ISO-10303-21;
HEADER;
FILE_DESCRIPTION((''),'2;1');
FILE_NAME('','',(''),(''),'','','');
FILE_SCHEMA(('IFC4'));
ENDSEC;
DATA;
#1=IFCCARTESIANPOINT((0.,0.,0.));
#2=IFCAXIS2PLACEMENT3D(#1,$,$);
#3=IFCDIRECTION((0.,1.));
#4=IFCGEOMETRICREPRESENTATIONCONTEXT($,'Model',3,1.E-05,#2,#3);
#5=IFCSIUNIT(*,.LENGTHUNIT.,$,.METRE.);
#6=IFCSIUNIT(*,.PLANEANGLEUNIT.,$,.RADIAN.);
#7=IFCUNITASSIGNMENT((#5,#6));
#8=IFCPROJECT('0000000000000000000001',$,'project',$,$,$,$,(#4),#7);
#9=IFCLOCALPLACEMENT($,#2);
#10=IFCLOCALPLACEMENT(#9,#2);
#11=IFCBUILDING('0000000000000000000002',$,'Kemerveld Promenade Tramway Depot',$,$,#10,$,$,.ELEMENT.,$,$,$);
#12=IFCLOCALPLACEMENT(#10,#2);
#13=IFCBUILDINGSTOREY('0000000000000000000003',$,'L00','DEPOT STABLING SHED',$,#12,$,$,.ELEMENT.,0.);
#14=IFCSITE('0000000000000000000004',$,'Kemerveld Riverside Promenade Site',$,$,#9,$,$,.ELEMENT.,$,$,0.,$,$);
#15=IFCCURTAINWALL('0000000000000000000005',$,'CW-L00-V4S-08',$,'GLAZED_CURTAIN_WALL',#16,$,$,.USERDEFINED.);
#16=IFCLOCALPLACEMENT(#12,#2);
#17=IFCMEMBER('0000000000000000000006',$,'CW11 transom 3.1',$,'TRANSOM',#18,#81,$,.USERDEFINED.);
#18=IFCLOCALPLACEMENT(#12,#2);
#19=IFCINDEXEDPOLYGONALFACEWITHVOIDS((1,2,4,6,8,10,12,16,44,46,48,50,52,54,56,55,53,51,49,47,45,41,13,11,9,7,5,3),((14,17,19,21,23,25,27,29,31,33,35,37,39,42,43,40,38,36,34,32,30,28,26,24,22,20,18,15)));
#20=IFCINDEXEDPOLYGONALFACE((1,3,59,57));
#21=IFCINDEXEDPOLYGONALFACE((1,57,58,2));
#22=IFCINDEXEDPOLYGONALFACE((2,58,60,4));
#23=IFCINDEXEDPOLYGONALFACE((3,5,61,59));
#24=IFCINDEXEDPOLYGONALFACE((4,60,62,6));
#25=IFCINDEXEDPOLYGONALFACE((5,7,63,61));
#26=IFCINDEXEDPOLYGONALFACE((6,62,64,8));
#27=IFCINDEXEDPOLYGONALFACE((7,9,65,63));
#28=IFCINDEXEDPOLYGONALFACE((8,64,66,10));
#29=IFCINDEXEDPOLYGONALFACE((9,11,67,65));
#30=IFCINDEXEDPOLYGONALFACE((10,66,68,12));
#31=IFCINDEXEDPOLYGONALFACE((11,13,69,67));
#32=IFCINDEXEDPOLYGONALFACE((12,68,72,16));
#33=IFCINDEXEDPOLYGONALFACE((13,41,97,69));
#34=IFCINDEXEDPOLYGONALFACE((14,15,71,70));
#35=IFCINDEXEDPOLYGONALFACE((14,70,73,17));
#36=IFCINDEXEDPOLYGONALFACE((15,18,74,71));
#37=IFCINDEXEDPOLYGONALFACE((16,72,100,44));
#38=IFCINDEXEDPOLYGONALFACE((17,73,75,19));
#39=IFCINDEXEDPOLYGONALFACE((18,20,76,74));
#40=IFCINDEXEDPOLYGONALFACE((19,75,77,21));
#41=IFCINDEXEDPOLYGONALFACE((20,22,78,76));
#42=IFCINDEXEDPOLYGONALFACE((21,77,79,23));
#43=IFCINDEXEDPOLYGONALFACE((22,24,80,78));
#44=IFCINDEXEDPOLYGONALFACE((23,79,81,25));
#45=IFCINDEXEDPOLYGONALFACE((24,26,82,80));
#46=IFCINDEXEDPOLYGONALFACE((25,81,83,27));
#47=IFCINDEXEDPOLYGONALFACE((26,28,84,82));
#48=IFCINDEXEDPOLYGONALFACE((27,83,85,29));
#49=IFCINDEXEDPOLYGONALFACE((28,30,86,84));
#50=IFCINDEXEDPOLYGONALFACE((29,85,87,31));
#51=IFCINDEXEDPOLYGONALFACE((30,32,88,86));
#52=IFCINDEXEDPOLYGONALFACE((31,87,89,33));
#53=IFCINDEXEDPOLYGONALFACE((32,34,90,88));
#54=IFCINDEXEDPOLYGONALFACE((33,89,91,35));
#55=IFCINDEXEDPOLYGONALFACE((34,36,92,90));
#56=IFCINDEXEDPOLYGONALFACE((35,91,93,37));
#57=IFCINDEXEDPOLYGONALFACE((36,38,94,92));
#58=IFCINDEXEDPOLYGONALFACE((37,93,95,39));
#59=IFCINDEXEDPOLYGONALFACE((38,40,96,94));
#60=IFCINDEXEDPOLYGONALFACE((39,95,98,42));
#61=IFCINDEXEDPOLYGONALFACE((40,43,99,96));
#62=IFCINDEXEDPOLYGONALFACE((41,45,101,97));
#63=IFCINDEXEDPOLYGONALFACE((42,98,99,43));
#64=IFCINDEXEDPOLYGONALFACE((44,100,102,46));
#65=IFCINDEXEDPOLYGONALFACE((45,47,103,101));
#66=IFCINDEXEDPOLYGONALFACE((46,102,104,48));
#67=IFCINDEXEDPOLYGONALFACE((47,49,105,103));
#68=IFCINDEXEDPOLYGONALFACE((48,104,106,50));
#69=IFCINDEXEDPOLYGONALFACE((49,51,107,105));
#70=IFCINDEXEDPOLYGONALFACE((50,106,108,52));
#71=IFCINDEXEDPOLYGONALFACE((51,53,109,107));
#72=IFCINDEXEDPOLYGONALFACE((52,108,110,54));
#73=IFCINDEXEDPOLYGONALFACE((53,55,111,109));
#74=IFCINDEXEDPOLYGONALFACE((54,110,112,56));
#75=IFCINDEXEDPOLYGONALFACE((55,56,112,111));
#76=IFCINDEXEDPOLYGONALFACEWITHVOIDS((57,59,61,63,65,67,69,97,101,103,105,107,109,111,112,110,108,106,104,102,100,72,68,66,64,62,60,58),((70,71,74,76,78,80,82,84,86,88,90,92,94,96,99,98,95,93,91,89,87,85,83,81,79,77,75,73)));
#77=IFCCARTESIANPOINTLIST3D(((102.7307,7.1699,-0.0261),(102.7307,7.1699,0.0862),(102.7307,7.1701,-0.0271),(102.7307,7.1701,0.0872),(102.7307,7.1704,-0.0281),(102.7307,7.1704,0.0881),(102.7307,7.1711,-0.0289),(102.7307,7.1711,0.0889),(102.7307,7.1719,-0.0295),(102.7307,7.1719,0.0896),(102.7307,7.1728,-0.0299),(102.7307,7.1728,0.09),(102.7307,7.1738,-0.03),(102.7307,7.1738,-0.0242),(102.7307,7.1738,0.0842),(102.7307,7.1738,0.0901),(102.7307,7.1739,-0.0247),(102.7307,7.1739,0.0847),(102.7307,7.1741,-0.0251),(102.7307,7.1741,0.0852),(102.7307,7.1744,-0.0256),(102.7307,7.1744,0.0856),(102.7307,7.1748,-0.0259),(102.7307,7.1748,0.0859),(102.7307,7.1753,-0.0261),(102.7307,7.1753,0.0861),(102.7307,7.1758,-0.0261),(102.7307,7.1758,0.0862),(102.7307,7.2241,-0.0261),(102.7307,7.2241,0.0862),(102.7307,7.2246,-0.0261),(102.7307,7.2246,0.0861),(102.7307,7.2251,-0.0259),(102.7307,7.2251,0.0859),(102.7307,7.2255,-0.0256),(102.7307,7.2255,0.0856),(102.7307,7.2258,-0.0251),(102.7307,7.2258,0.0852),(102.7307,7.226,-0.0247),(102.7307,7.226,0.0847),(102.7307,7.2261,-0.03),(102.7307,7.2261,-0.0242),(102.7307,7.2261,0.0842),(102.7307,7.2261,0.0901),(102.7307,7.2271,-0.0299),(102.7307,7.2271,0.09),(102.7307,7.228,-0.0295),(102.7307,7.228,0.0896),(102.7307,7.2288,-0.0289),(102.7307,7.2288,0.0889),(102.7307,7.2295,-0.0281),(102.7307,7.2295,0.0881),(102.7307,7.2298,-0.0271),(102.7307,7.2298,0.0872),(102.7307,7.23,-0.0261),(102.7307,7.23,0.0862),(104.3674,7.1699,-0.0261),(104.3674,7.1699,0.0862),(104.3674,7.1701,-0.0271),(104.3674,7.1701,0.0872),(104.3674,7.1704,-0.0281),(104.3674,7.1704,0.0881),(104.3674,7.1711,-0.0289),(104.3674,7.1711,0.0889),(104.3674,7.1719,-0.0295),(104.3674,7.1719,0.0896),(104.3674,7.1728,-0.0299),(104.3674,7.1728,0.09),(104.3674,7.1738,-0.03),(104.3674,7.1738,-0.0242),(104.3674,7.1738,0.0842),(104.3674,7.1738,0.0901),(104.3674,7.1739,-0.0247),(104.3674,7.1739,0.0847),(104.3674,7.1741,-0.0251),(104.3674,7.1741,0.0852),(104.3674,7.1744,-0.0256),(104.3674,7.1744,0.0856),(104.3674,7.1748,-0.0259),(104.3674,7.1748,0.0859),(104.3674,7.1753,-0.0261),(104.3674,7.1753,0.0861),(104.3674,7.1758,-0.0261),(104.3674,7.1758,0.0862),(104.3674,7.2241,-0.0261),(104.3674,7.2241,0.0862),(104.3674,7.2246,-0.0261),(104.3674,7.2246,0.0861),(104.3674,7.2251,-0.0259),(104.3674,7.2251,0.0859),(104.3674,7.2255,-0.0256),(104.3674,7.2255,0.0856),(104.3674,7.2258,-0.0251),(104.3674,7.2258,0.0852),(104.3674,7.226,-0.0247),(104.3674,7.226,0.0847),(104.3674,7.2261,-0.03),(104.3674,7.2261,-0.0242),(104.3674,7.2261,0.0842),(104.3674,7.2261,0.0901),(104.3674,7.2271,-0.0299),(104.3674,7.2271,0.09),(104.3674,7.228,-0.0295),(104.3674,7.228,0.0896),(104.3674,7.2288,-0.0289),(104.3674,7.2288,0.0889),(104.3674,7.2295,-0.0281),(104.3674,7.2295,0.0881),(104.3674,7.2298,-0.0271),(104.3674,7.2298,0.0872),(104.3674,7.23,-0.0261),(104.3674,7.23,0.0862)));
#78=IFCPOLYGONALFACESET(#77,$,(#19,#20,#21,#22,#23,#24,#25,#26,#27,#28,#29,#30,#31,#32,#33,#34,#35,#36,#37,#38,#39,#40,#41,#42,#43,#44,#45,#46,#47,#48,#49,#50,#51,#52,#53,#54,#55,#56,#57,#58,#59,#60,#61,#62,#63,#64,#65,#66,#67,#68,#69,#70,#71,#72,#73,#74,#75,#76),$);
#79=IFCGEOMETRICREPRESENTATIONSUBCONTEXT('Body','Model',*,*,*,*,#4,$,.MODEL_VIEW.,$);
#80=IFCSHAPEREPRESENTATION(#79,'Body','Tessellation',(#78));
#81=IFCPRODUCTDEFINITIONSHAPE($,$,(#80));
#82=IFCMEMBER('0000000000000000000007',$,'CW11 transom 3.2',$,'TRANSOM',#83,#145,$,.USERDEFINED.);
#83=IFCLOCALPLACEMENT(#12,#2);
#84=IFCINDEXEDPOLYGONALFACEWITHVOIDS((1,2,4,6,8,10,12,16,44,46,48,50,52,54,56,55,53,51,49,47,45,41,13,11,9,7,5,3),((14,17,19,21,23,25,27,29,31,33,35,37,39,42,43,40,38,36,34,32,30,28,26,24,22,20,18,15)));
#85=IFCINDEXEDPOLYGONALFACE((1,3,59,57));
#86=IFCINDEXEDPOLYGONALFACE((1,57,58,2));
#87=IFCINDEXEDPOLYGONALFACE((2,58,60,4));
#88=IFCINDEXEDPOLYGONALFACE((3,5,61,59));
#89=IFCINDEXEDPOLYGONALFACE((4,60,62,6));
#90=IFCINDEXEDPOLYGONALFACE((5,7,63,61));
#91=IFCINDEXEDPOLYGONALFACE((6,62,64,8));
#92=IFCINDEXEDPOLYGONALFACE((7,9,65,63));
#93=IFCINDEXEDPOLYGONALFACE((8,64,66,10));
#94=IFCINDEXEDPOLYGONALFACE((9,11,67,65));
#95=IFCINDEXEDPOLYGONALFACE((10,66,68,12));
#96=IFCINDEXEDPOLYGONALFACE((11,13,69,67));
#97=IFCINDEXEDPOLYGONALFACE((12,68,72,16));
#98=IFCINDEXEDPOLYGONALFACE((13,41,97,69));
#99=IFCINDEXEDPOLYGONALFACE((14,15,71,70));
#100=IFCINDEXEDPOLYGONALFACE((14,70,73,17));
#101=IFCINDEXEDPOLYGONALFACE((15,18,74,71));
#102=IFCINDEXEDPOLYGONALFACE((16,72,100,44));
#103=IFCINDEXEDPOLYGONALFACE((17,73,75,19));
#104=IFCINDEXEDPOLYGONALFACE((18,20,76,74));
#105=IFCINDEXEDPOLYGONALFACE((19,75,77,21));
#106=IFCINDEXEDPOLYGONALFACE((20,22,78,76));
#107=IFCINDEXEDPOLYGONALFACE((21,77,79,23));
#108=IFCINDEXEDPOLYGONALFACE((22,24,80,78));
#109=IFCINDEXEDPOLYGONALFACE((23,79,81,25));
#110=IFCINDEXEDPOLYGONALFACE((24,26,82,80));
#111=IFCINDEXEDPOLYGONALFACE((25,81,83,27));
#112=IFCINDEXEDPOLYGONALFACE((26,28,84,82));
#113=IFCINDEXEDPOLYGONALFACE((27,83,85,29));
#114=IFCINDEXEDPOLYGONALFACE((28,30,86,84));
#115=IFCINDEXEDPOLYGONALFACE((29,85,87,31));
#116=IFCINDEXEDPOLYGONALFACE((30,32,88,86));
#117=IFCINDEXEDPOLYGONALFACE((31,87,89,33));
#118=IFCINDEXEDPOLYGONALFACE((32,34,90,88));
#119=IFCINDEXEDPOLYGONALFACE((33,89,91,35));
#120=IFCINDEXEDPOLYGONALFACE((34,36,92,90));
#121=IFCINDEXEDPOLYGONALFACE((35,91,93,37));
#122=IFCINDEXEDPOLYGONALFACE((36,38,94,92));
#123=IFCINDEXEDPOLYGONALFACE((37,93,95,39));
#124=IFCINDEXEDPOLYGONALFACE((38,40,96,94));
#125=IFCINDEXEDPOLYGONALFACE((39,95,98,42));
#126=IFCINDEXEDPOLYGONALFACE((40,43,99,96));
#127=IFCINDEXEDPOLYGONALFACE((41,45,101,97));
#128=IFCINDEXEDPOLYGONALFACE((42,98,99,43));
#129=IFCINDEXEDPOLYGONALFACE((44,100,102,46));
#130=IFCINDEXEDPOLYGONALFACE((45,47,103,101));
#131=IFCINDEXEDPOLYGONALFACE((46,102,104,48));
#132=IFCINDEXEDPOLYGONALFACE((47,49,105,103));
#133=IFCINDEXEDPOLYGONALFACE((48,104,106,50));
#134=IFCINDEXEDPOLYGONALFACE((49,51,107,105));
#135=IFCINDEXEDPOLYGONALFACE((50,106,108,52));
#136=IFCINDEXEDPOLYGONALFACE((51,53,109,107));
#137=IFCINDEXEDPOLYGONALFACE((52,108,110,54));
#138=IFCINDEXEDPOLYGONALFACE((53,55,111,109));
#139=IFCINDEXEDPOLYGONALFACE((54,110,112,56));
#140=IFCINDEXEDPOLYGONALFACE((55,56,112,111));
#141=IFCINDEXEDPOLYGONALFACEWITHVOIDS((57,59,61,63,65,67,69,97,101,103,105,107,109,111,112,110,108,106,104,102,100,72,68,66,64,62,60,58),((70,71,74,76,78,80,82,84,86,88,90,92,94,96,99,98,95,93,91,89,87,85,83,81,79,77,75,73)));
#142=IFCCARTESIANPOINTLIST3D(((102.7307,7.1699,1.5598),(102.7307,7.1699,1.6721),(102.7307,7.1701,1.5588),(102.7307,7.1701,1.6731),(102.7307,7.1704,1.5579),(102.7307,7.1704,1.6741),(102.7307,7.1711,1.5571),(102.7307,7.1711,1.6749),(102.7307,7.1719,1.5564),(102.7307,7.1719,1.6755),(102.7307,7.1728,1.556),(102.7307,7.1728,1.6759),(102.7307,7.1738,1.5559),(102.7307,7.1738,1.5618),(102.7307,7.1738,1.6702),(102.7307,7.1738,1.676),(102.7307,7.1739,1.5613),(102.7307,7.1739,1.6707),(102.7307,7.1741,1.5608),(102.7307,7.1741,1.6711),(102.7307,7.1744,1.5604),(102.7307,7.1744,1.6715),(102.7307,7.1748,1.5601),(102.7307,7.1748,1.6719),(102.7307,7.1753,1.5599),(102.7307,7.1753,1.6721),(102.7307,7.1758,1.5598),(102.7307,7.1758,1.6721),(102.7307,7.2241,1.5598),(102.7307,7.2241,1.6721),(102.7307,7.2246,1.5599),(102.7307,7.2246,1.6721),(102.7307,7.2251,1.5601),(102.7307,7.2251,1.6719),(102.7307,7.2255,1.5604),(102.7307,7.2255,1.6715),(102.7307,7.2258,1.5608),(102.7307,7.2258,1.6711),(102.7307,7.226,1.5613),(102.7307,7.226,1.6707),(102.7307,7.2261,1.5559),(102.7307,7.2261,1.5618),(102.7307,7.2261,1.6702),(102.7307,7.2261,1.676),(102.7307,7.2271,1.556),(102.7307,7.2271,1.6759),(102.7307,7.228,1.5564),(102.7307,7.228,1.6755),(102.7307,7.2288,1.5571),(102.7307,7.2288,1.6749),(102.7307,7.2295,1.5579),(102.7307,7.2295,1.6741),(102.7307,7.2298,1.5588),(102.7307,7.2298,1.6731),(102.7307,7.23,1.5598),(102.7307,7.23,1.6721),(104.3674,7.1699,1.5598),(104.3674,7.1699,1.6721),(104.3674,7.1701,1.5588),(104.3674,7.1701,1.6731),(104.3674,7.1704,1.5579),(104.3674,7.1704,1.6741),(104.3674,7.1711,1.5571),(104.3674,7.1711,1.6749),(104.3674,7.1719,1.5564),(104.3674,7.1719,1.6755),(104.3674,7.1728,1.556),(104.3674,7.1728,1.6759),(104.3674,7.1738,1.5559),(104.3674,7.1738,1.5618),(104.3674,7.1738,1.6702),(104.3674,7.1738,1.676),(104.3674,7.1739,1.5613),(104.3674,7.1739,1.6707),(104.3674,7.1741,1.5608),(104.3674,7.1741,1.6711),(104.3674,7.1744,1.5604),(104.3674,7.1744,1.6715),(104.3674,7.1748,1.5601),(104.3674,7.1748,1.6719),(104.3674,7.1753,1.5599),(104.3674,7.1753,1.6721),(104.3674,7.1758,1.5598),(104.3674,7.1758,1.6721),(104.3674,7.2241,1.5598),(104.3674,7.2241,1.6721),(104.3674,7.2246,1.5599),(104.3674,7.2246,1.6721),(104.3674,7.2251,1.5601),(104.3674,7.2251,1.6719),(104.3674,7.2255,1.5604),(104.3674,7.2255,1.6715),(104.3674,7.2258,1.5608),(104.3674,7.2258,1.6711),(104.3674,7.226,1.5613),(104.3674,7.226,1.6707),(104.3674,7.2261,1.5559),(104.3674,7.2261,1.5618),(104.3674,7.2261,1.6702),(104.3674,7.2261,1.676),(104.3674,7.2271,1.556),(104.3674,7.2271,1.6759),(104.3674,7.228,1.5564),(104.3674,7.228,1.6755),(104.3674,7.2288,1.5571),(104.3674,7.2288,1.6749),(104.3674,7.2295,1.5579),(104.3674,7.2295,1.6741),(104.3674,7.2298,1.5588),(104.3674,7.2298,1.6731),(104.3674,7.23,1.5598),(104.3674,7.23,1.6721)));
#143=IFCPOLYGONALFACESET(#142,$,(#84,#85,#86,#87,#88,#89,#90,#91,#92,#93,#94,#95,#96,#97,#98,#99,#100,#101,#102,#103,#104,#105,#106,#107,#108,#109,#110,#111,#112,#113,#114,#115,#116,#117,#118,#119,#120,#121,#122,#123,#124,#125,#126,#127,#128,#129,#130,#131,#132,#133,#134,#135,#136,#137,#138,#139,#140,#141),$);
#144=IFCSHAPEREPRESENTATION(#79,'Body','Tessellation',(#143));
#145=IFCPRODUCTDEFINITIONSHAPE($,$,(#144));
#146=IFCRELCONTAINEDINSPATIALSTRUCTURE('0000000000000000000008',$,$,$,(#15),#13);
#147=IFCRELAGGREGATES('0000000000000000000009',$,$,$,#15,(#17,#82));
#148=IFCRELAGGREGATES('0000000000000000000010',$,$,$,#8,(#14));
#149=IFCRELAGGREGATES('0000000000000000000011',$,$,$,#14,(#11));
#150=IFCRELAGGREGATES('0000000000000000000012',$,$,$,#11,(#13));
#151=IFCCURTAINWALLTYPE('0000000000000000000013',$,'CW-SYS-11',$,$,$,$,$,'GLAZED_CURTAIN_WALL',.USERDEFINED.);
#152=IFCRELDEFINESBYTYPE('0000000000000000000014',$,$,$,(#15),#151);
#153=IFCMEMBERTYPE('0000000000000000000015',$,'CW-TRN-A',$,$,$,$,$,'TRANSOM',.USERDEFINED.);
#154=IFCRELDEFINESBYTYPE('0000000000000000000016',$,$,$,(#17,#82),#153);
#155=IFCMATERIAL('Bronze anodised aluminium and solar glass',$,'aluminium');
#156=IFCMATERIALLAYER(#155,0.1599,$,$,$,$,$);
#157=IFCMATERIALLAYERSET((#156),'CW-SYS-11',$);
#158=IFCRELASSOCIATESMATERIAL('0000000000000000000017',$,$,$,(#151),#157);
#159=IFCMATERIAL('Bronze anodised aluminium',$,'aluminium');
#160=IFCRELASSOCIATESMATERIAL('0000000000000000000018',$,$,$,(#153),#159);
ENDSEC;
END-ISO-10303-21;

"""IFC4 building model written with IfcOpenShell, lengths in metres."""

from ifc_helpers import new_model, si_unit, direction, frame, origin, origin_2d, place, context, subcontext, project, spatial, hollow_rectangle, extrude, material, layer, layer_set, material_profile, profile_set, type_object, element, aggregate, save


model = new_model("IFC4")

# Units and contexts
model_context = context("Model", 3, precision=1e-05, world=origin(), true_north=direction((0.0, 1.0)))
body_context = subcontext(model_context, "Body", "Model", "MODEL_VIEW")
ifc_project = project(units=[si_unit("LENGTHUNIT", "METRE"), si_unit("PLANEANGLEUNIT", "RADIAN")], contexts=[model_context])

# Site, building, storey
site_placement = place(None, origin())
site = spatial("IfcSite", under=ifc_project, at=site_placement, Name="Kemerveld Riverside Promenade Site", CompositionType="ELEMENT", RefElevation=0.0)
building_placement = place(site_placement, origin())
building = spatial("IfcBuilding", under=site, at=building_placement, Name="Kemerveld Promenade Tramway Depot", CompositionType="ELEMENT")
storey_placement = place(building_placement, origin())
storey = spatial("IfcBuildingStorey", under=building, at=storey_placement, Name="L00", Description="DEPOT STABLING SHED", CompositionType="ELEMENT", Elevation=0.0)

# Curtain wall, members
ifc_material_1 = material(Name="Bronze anodised aluminium and solar glass", Category="aluminium")
ifc_layer_1 = layer(ifc_material_1, 0.1599)
ifc_layer_set_1 = layer_set([ifc_layer_1], Name="CW-SYS-11")
curtain_wall_type = type_object("IfcCurtainWallType", Name="CW-SYS-11", ElementType="GLAZED_CURTAIN_WALL", PredefinedType="USERDEFINED", material=ifc_layer_set_1)
curtain_wall_placement = place(storey_placement, origin())
curtain_wall = element("IfcCurtainWall", 1, at=curtain_wall_placement, inside=storey, type_object=curtain_wall_type, Name="CW-L00-V4S-08", ObjectType="GLAZED_CURTAIN_WALL", PredefinedType="USERDEFINED")
ifc_material_2 = material(Name="Bronze anodised aluminium", Category="aluminium")
ifc_material_profile_1 = material_profile(ifc_material_2, hollow_rectangle(XDim=0.0601, YDim=0.1201, WallThickness=0.0039, InnerFilletRadius=0.002, OuterFilletRadius=0.0039, at=origin_2d()), Name="CW-TRN-120x60")
ifc_profile_set_1 = profile_set([ifc_material_profile_1], Name="Bronze anodised aluminium")
member_type_1 = type_object("IfcMemberType", Name="CW-TRN-A", ElementType="TRANSOM", PredefinedType="USERDEFINED", material=ifc_profile_set_1)
member_1_placement = place(storey_placement, frame((104.3674, 7.2, 0.03), z_axis=(-1.0, 0.0, 0.0), x_axis=(0.0, -1.0, 0.0)))
member_1 = element("IfcMember", 2, at=member_1_placement, type_object=member_type_1, Name="CW11 transom 3.1", ObjectType="TRANSOM", PredefinedType="USERDEFINED", context=body_context, shape_type="SweptSolid", body=[
    extrude(hollow_rectangle(XDim=0.0601, YDim=0.1201, WallThickness=0.0039, InnerFilletRadius=0.002, OuterFilletRadius=0.0039, at=origin_2d()), origin(), (0.0, 0.0, 1.0), 1.6367),
])
member_2_placement = place(storey_placement, frame((104.3674, 7.2, 1.616), z_axis=(-1.0, 0.0, 0.0), x_axis=(0.0, -1.0, 0.0)))
member_2 = element("IfcMember", 3, at=member_2_placement, type_object=member_type_1, Name="CW11 transom 3.2", ObjectType="TRANSOM", PredefinedType="USERDEFINED", context=body_context, shape_type="SweptSolid", body=[
    extrude(hollow_rectangle(XDim=0.0601, YDim=0.1201, WallThickness=0.0039, InnerFilletRadius=0.002, OuterFilletRadius=0.0039, at=origin_2d()), origin(), (0.0, 0.0, 1.0), 1.6367),
])
aggregate(curtain_wall, [member_1, member_2])

save(model, "model.ifc")
